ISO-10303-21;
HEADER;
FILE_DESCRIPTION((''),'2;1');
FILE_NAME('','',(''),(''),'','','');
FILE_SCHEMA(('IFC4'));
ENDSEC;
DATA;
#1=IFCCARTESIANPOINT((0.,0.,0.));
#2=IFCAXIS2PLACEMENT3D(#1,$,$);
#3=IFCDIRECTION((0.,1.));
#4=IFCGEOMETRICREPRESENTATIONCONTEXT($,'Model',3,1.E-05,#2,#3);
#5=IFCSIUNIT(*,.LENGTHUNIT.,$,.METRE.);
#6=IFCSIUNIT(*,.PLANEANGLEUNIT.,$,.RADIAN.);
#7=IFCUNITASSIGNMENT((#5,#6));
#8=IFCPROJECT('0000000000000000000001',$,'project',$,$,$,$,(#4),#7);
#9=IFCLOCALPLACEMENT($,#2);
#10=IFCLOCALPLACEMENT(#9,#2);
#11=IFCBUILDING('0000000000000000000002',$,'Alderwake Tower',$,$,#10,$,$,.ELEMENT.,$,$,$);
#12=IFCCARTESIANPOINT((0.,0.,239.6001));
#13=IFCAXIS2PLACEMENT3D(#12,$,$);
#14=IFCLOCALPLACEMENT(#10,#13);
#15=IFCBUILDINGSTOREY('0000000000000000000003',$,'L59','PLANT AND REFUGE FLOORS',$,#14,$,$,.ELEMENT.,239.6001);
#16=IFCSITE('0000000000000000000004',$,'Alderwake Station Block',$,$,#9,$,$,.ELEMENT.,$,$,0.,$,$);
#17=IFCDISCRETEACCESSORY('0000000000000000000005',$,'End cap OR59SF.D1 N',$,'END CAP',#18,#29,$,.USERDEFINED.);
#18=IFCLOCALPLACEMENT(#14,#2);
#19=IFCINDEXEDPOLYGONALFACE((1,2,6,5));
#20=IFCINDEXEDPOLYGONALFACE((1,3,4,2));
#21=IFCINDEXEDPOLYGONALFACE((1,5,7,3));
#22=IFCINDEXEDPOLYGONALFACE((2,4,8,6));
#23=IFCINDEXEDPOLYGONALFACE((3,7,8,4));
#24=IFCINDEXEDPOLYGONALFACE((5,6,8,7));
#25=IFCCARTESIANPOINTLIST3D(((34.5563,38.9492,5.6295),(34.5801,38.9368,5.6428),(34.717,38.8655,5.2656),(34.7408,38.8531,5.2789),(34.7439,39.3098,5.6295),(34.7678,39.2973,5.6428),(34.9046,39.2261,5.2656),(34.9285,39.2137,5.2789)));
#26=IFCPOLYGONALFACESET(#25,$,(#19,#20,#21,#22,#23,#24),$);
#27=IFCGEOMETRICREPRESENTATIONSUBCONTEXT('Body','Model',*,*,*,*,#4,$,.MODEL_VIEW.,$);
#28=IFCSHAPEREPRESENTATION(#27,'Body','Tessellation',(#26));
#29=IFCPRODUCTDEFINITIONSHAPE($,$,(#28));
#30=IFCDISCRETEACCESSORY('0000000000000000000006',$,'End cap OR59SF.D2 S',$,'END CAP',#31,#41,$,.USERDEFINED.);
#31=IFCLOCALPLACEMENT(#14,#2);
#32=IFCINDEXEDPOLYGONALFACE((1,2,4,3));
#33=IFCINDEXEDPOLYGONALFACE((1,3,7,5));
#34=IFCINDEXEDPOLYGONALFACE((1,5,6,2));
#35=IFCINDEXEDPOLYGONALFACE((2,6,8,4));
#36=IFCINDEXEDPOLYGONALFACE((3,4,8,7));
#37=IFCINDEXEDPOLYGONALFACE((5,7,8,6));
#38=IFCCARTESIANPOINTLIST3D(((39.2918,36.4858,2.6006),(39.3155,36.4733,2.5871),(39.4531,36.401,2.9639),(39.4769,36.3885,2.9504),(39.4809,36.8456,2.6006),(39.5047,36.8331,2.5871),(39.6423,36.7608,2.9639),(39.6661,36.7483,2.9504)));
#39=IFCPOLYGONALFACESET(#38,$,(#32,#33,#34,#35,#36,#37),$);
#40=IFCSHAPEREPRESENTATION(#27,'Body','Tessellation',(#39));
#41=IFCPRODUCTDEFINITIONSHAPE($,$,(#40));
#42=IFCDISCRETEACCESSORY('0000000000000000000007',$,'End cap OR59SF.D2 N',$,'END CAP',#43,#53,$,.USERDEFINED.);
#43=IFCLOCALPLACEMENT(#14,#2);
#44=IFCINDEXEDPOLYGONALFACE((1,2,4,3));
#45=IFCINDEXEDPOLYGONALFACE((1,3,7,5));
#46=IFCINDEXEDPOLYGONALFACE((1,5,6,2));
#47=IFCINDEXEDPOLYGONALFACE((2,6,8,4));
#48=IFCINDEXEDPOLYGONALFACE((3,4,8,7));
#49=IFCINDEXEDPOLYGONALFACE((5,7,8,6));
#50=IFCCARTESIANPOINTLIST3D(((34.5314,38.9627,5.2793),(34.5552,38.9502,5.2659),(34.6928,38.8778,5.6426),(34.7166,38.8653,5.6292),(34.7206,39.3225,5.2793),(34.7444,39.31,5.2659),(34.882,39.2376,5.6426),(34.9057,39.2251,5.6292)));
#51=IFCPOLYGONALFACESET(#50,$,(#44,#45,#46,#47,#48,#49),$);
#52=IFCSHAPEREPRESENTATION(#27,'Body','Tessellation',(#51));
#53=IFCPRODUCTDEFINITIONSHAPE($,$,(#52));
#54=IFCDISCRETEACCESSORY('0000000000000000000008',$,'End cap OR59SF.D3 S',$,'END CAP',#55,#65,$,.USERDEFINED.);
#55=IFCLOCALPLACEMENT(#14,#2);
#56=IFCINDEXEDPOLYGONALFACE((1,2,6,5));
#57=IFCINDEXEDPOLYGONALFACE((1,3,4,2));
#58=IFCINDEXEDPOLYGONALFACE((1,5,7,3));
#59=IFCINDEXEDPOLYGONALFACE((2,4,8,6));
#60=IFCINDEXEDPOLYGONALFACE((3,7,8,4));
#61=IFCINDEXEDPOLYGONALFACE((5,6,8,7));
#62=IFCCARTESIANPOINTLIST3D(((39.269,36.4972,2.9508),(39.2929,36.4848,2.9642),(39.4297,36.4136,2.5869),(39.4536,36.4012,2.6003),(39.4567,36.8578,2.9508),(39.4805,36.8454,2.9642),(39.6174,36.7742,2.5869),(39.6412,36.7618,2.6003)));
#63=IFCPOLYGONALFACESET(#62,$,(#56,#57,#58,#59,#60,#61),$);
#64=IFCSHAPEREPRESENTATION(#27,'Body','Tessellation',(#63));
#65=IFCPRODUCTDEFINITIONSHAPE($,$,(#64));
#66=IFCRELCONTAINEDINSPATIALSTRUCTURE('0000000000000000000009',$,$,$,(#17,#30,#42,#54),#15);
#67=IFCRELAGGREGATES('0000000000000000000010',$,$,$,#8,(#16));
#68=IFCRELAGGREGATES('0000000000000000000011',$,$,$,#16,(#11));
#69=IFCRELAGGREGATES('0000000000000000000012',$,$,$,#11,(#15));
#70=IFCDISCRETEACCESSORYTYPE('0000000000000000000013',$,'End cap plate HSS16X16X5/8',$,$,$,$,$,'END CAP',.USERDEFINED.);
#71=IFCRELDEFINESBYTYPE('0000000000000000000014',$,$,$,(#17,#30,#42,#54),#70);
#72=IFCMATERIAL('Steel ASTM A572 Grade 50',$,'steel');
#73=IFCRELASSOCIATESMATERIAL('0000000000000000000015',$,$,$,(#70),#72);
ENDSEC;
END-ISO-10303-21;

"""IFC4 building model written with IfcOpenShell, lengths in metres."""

from ifc_helpers import new_model, si_unit, direction, frame, origin, origin_2d, place, context, subcontext, project, spatial, rectangle, extrude, material, material_profile, profile_set, type_object, element, save


model = new_model("IFC4")

# Units and contexts
model_context = context("Model", 3, precision=1e-05, world=origin(), true_north=direction((0.0, 1.0)))
body_context = subcontext(model_context, "Body", "Model", "MODEL_VIEW")
ifc_project = project(units=[si_unit("LENGTHUNIT", "METRE"), si_unit("PLANEANGLEUNIT", "RADIAN")], contexts=[model_context])

# Site, building, storey
site_placement = place(None, origin())
site = spatial("IfcSite", under=ifc_project, at=site_placement, Name="Alderwake Station Block", CompositionType="ELEMENT", RefElevation=0.0)
building_placement = place(site_placement, origin())
building = spatial("IfcBuilding", under=site, at=building_placement, Name="Alderwake Tower", CompositionType="ELEMENT")
storey_placement = place(building_placement, frame((0.0, 0.0, 239.6001)))
storey = spatial("IfcBuildingStorey", under=building, at=storey_placement, Name="L59", Description="PLANT AND REFUGE FLOORS", CompositionType="ELEMENT", Elevation=239.6001)

# Discrete accessories
ifc_material_1 = material(Name="Steel ASTM A572 Grade 50", Category="steel")
ifc_material_profile_1 = material_profile(ifc_material_1, rectangle(XDim=0.4065, YDim=0.4065, at=origin_2d()), Name="HSS16X16X5/8 cap")
ifc_profile_set_1 = profile_set([ifc_material_profile_1], Name="Steel ASTM A572 Grade 50")
discrete_accessory_type_1 = type_object("IfcDiscreteAccessoryType", Name="End cap plate HSS16X16X5/8", ElementType="END CAP", PredefinedType="USERDEFINED", material=ifc_profile_set_1)
for number, where, z_axis, x_axis, name in (
    (1, (34.7305, 39.0876, 5.4475), (0.794102, -0.413257, 0.445669), (0.461638, 0.887069, 0.0), "End cap OR59SF.D1 N"),
    (2, (39.467, 36.6233, 2.7822), (0.791079, -0.415928, -0.44855), (0.46537, 0.885116, 0.0), "End cap OR59SF.D2 S"),
    (3, (34.7305, 39.0876, 5.4475), (-0.791079, 0.415928, 0.44855), (-0.46537, -0.885116, 0.0), "End cap OR59SF.D2 N"),
    (4, (39.467, 36.6233, 2.7822), (-0.794102, 0.413257, -0.445669), (-0.461638, -0.887069, 0.0), "End cap OR59SF.D3 S"),
):
    element("IfcDiscreteAccessory", number, at=place(storey_placement, frame(where, z_axis=z_axis, x_axis=x_axis)), inside=storey, type_object=discrete_accessory_type_1, Name=name, ObjectType="END CAP", PredefinedType="USERDEFINED", context=body_context, shape_type="SweptSolid", body=[
        extrude(rectangle(XDim=0.4065, YDim=0.4065, at=origin_2d()), origin(), (0.0, 0.0, 1.0), 0.03),
    ])

save(model, "model.ifc")
